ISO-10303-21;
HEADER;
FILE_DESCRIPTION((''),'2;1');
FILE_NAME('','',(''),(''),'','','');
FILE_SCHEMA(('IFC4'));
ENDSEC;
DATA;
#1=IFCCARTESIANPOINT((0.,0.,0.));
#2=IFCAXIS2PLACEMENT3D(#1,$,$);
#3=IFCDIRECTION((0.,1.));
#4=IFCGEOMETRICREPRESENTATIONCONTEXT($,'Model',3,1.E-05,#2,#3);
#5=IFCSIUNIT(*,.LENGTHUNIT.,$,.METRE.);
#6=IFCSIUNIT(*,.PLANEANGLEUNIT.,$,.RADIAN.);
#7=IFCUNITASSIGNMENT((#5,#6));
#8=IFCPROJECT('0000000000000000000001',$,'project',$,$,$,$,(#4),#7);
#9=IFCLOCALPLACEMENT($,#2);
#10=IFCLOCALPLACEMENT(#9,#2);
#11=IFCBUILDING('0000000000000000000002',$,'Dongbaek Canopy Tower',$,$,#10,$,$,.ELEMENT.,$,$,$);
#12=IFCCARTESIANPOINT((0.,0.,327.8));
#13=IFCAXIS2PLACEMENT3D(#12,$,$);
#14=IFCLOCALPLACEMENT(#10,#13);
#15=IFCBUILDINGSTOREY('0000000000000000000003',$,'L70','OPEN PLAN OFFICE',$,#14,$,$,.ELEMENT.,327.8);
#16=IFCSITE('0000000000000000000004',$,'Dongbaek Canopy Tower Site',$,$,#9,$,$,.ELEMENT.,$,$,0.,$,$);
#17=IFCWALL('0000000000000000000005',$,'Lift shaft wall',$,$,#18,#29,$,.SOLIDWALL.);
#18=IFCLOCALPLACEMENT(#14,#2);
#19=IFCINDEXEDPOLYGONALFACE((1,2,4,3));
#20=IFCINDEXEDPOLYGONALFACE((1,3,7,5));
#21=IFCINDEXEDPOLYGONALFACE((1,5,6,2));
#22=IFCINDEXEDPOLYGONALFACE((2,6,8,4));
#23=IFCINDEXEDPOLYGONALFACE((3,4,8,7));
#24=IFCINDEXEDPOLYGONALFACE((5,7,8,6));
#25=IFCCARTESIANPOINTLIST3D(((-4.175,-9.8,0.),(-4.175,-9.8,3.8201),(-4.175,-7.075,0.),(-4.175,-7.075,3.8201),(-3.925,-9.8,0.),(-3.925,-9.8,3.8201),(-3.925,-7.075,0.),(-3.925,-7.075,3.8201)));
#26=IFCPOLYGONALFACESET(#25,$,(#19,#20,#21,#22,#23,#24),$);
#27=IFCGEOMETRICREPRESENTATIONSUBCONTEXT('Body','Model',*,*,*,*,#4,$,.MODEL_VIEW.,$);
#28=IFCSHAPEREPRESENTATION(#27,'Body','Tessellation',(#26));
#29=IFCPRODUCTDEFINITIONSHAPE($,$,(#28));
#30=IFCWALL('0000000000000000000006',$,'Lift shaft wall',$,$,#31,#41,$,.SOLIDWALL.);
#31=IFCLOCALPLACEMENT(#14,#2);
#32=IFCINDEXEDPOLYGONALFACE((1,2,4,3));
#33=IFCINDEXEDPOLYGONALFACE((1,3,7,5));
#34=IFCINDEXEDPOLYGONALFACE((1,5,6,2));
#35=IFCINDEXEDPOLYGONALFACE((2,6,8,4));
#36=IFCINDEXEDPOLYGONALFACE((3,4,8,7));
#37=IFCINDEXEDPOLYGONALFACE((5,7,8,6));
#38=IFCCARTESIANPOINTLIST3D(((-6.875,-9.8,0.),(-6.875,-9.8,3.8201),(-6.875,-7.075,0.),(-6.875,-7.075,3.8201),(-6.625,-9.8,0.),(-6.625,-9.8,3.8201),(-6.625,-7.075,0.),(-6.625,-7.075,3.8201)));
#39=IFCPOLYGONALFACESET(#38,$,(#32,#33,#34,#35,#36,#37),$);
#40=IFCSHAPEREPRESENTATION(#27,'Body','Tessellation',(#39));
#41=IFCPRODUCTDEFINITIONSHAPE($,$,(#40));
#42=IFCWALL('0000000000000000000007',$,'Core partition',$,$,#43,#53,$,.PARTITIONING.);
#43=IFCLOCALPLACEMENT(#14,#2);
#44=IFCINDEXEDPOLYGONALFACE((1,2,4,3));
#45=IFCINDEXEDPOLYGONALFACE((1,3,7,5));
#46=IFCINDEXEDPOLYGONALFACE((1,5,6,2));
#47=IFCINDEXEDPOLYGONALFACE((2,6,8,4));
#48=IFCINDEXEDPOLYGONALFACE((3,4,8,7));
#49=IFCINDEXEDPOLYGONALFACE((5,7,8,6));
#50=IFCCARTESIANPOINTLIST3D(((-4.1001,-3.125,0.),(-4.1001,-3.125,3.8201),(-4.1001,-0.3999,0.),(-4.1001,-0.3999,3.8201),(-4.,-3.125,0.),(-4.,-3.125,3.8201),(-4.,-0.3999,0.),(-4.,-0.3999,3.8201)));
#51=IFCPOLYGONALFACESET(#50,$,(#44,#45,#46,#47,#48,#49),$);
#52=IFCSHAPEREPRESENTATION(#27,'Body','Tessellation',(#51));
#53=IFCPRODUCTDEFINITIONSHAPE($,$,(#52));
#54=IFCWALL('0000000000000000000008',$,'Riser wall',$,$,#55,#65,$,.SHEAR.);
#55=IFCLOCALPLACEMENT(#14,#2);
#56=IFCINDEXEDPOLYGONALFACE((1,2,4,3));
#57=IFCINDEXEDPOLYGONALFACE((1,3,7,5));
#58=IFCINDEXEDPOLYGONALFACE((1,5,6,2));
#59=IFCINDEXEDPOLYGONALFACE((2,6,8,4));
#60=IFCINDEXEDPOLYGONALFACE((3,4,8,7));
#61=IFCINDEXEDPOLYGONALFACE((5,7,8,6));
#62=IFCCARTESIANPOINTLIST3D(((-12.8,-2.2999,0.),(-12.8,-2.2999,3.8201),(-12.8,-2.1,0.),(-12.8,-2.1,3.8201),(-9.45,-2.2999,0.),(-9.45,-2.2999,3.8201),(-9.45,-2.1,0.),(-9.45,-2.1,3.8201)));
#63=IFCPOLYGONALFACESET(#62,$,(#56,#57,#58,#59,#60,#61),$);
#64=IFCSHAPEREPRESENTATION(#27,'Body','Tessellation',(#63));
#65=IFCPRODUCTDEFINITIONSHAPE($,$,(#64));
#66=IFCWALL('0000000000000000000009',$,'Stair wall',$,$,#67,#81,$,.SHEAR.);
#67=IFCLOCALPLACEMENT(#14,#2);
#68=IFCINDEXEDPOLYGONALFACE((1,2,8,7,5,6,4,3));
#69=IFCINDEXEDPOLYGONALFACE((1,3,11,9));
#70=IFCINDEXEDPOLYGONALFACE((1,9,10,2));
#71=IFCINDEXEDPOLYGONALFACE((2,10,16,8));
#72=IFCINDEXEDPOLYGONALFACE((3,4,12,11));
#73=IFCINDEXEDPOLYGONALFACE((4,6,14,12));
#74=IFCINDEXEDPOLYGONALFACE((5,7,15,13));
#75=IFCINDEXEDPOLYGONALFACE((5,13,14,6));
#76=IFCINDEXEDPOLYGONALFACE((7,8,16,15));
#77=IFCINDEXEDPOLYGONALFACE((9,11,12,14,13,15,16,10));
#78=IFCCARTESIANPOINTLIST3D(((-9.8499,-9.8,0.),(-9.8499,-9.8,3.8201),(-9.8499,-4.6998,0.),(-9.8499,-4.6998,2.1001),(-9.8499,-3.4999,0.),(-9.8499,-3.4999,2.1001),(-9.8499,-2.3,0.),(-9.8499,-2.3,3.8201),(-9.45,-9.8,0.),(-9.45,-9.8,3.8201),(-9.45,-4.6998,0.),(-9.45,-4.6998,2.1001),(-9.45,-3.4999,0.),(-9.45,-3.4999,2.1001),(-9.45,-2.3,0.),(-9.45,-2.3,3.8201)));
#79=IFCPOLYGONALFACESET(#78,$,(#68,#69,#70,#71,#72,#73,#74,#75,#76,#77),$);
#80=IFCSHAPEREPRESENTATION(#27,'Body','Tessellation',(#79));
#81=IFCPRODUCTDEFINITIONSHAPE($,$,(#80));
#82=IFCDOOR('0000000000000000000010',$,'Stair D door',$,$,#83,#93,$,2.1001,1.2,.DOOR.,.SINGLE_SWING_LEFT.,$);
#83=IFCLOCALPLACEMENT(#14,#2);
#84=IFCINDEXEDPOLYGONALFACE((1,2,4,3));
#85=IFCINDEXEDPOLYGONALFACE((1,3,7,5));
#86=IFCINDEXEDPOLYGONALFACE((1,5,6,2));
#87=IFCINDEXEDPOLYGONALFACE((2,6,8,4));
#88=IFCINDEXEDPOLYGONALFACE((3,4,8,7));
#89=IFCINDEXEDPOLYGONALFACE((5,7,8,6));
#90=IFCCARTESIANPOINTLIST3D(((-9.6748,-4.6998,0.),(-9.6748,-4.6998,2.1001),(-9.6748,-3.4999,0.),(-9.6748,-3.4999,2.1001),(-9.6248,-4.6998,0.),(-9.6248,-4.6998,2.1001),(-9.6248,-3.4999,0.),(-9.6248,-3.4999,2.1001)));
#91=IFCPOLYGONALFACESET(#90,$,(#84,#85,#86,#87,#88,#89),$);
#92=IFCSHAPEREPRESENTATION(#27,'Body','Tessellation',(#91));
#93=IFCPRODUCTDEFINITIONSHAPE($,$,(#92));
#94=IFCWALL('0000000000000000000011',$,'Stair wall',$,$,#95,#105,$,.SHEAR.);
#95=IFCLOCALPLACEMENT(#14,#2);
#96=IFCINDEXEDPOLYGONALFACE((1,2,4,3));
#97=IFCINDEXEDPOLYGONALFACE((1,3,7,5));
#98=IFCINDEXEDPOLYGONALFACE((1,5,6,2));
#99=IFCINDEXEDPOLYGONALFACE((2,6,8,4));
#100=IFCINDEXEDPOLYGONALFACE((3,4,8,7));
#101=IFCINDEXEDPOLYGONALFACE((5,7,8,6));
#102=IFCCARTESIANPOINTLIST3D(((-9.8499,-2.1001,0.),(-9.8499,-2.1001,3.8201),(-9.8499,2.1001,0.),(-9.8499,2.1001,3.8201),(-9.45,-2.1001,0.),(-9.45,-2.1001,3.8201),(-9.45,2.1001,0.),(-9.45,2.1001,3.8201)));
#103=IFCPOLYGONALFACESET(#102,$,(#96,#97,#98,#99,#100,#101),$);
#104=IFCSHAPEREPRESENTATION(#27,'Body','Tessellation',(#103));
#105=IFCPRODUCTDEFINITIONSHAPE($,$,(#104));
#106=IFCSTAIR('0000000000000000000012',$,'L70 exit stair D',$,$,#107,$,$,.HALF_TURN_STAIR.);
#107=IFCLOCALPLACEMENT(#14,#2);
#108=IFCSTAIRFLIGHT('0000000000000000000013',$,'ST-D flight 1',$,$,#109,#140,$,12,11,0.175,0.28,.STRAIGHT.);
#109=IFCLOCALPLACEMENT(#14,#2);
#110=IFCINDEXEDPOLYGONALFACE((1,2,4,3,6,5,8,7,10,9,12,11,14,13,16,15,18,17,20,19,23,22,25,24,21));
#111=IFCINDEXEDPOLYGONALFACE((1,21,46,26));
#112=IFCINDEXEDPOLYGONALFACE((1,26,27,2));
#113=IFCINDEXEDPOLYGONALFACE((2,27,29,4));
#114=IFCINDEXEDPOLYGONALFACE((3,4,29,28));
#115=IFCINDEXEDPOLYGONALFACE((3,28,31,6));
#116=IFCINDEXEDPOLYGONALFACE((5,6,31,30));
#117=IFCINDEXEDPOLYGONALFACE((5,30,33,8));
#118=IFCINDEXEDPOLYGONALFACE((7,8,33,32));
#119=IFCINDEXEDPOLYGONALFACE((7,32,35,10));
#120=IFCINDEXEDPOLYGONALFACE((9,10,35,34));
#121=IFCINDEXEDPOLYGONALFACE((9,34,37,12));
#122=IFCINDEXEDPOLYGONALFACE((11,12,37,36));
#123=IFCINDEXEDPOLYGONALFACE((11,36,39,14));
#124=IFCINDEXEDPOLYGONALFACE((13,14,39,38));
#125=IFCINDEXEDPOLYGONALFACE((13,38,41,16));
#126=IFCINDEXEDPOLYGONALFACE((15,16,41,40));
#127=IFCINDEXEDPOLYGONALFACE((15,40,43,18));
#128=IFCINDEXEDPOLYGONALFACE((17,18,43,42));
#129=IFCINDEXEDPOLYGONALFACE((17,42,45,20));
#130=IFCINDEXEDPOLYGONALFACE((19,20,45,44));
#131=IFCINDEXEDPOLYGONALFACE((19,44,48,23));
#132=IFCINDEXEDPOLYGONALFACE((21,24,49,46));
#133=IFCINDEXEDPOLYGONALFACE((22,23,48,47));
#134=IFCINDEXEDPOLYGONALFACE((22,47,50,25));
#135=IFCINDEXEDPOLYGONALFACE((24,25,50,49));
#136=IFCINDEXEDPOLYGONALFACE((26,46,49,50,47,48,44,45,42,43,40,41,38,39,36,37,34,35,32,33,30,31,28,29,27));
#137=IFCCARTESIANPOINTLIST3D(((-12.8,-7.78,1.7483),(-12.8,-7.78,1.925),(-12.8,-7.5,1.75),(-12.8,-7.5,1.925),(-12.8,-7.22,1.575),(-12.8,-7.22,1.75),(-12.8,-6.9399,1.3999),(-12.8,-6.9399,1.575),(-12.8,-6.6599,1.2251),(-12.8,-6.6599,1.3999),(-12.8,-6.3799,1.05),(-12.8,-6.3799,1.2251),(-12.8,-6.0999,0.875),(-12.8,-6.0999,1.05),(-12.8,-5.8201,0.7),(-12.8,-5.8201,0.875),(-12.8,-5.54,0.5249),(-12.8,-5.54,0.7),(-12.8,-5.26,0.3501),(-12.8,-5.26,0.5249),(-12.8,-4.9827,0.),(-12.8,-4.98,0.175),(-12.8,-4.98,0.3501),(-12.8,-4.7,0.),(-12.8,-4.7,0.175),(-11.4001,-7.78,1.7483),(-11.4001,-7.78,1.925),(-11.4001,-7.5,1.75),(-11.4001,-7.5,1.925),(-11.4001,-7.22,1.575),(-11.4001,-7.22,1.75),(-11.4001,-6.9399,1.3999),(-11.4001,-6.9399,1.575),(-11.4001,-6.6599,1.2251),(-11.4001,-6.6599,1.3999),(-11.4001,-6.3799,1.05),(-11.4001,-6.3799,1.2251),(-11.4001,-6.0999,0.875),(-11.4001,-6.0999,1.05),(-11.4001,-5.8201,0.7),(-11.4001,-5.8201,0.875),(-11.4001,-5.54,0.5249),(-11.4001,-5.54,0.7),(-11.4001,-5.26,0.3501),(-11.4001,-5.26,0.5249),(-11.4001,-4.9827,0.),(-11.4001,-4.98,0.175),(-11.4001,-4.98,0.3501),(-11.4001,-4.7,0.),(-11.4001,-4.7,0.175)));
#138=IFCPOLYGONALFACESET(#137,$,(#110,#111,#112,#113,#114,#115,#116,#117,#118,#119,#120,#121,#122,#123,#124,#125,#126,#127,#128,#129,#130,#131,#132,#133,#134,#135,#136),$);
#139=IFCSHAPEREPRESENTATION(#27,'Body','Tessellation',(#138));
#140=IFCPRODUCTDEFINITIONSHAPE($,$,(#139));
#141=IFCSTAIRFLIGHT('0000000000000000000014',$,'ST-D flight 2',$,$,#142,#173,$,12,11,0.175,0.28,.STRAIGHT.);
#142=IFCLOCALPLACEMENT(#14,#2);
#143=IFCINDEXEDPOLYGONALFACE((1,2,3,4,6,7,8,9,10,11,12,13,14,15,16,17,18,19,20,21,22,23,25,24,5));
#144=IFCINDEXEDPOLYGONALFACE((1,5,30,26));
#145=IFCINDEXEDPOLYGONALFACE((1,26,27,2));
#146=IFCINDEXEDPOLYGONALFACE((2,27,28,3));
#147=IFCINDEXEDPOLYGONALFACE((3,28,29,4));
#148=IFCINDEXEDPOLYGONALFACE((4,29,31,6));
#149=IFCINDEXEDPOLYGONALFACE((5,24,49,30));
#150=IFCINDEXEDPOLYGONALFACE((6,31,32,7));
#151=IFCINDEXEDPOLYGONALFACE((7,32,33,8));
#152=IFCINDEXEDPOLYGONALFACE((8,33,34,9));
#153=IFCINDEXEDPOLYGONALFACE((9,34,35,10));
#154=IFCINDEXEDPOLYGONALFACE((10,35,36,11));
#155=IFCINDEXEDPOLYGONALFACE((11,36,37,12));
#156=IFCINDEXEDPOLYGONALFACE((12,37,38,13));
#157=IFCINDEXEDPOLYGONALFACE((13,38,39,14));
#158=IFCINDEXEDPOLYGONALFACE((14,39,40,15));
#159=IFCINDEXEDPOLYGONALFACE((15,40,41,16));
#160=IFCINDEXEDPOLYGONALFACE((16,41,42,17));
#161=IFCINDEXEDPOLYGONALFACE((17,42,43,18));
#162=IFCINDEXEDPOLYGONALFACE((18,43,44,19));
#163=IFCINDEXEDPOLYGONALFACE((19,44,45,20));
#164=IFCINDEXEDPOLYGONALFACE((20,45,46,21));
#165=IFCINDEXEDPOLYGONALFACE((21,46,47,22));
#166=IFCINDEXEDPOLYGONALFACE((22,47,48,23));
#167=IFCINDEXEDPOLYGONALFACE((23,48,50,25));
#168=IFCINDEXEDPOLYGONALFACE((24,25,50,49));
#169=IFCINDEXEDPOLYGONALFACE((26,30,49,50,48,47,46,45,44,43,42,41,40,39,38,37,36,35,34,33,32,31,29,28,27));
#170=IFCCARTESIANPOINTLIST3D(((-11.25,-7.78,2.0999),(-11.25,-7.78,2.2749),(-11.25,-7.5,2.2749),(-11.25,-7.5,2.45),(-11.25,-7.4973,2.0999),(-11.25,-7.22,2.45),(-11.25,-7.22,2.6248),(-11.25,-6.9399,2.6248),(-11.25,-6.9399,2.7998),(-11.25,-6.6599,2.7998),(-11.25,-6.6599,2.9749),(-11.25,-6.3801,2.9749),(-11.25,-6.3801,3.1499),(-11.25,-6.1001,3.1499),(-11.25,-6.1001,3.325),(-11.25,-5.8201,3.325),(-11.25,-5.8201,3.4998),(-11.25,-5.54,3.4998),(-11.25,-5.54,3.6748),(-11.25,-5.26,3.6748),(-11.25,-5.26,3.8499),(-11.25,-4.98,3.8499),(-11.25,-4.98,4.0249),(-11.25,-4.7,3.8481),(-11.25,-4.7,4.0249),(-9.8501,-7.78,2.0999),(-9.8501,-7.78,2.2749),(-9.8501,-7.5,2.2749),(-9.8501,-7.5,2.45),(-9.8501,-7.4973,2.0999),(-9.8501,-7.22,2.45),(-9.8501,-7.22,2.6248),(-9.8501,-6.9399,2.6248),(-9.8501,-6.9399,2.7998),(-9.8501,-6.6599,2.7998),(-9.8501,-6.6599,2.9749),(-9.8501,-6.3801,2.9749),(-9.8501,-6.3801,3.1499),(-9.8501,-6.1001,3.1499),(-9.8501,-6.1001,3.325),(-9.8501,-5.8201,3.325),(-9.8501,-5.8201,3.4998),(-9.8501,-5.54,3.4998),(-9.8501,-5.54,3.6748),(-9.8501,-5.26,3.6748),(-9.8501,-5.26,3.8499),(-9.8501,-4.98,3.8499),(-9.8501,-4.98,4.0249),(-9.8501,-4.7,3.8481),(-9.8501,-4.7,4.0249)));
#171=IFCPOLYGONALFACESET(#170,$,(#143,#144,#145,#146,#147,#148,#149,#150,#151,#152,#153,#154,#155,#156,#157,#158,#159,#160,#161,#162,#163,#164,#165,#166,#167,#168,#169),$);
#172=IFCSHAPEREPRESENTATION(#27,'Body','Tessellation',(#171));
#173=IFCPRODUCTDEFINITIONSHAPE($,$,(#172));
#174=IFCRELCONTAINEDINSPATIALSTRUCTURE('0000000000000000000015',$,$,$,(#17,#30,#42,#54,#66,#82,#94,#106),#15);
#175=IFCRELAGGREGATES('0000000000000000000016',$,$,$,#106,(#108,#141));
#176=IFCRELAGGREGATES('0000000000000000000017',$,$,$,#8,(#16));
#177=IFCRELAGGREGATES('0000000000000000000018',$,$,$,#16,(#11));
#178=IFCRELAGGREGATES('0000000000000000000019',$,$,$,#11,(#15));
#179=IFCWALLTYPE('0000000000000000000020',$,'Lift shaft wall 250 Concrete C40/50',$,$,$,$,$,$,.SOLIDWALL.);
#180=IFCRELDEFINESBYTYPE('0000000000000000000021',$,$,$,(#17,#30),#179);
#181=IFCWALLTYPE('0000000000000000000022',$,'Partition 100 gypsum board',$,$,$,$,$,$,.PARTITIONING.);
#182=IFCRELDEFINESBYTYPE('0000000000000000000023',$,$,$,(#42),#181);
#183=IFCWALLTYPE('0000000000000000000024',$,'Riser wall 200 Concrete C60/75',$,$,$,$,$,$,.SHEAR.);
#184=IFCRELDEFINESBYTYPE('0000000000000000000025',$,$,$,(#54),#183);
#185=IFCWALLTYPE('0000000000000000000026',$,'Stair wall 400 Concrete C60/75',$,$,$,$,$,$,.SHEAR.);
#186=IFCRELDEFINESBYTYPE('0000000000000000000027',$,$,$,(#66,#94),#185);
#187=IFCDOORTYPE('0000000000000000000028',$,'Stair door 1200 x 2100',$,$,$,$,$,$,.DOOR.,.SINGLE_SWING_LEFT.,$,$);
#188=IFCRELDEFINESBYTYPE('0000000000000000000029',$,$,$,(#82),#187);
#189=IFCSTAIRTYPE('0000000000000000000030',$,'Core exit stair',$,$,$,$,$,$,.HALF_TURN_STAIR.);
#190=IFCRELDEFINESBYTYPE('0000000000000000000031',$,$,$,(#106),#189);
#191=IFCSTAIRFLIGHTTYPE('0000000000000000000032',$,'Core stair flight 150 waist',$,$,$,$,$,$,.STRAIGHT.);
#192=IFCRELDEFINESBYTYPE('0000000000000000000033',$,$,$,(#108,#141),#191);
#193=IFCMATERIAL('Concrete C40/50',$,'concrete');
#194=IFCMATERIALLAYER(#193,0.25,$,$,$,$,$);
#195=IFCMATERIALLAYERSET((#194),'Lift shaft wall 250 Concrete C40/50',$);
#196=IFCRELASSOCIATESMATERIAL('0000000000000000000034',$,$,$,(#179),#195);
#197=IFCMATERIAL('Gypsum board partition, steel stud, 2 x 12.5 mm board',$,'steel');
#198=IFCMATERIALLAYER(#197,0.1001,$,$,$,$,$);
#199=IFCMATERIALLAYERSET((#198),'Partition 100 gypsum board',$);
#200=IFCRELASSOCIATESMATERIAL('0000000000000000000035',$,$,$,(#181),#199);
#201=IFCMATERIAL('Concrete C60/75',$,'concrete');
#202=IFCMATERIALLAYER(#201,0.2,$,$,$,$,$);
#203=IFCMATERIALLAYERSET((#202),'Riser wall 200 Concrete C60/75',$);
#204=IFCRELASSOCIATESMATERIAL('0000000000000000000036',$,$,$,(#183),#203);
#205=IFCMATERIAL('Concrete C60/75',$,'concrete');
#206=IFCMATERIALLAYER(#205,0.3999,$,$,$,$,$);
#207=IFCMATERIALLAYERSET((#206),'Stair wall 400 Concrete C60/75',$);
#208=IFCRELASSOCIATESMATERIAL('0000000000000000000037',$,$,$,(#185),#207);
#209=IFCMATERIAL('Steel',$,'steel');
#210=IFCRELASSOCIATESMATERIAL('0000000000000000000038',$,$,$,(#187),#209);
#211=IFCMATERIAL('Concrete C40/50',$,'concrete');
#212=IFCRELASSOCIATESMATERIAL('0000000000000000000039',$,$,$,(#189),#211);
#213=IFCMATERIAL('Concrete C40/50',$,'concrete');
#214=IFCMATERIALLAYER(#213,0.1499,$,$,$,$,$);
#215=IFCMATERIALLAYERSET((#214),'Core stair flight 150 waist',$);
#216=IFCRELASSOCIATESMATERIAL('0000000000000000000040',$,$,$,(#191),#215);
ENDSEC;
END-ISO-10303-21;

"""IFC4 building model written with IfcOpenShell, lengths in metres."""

from ifc_helpers import new_model, si_unit, direction, frame, frame_2d, origin, place, context, subcontext, project, spatial, polyline, rectangle, outline, extrude, material, layer, layer_set, type_object, element, fill, aggregate, save


model = new_model("IFC4")

# Units and contexts
model_context = context("Model", 3, precision=1e-05, world=origin(), true_north=direction((0.0, 1.0)))
body_context = subcontext(model_context, "Body", "Model", "MODEL_VIEW")
ifc_project = project(units=[si_unit("LENGTHUNIT", "METRE"), si_unit("PLANEANGLEUNIT", "RADIAN")], contexts=[model_context])

# Site, building, storey
site_placement = place(None, origin())
site = spatial("IfcSite", under=ifc_project, at=site_placement, Name="Dongbaek Canopy Tower Site", CompositionType="ELEMENT", RefElevation=0.0)
building_placement = place(site_placement, origin())
building = spatial("IfcBuilding", under=site, at=building_placement, Name="Dongbaek Canopy Tower", CompositionType="ELEMENT")
storey_placement = place(building_placement, frame((0.0, 0.0, 327.8)))
storey = spatial("IfcBuildingStorey", under=building, at=storey_placement, Name="L70", Description="OPEN PLAN OFFICE", CompositionType="ELEMENT", Elevation=327.8)

# Walls
ifc_material_1 = material(Name="Concrete C40/50", Category="concrete")
ifc_layer_1 = layer(ifc_material_1, 0.25)
ifc_layer_set_1 = layer_set([ifc_layer_1], Name="Lift shaft wall 250 Concrete C40/50")
wall_type_1 = type_object("IfcWallType", Name="Lift shaft wall 250 Concrete C40/50", PredefinedType="SOLIDWALL", material=ifc_layer_set_1)
for number, where, z_axis, x_axis, name in (
    (1, (-4.05, -9.8, 0.0), (0.0, 0.0, 1.0), (0.0, 1.0, 0.0), "Lift shaft wall"),
    (2, (-6.75, -9.8, 0.0), (0.0, 0.0, 1.0), (0.0, 1.0, 0.0), "Lift shaft wall"),
):
    element("IfcWall", number, at=place(storey_placement, frame(where, z_axis=z_axis, x_axis=x_axis)), inside=storey, type_object=wall_type_1, Name=name, PredefinedType="SOLIDWALL", context=body_context, shape_type="SweptSolid", body=[
        extrude(rectangle(XDim=2.7251, YDim=0.25, at=frame_2d((1.3625, 0.0))), origin(), (0.0, 0.0, 1.0), 3.8201),
    ])
ifc_material_2 = material(Name="Gypsum board partition, steel stud, 2 x 12.5 mm board", Category="steel")
ifc_layer_2 = layer(ifc_material_2, 0.1001)
ifc_layer_set_2 = layer_set([ifc_layer_2], Name="Partition 100 gypsum board")
wall_type_2 = type_object("IfcWallType", Name="Partition 100 gypsum board", PredefinedType="PARTITIONING", material=ifc_layer_set_2)
wall_1_placement = place(storey_placement, frame((-4.05, -3.125, 0.0), z_axis=(0.0, 0.0, 1.0), x_axis=(0.0, 1.0, 0.0)))
element("IfcWall", 3, at=wall_1_placement, inside=storey, type_object=wall_type_2, Name="Core partition", PredefinedType="PARTITIONING", context=body_context, shape_type="SweptSolid", body=[
    extrude(rectangle(XDim=2.7251, YDim=0.1001, at=frame_2d((1.3625, 0.0))), origin(), (0.0, 0.0, 1.0), 3.8201),
])
ifc_material_3 = material(Name="Concrete C60/75", Category="concrete")
ifc_layer_3 = layer(ifc_material_3, 0.2)
ifc_layer_set_3 = layer_set([ifc_layer_3], Name="Riser wall 200 Concrete C60/75")
wall_type_3 = type_object("IfcWallType", Name="Riser wall 200 Concrete C60/75", PredefinedType="SHEAR", material=ifc_layer_set_3)
wall_2_placement = place(storey_placement, frame((-9.45, -2.2, 0.0), z_axis=(0.0, 0.0, 1.0), x_axis=(-1.0, 0.0, 0.0)))
element("IfcWall", 4, at=wall_2_placement, inside=storey, type_object=wall_type_3, Name="Riser wall", PredefinedType="SHEAR", context=body_context, shape_type="SweptSolid", body=[
    extrude(rectangle(XDim=3.3501, YDim=0.2, at=frame_2d((1.675, 0.0))), origin(), (0.0, 0.0, 1.0), 3.8201),
])

# Wall, opening, door
ifc_material_4 = material(Name="Concrete C60/75", Category="concrete")
ifc_layer_4 = layer(ifc_material_4, 0.3999)
ifc_layer_set_4 = layer_set([ifc_layer_4], Name="Stair wall 400 Concrete C60/75")
wall_type_4 = type_object("IfcWallType", Name="Stair wall 400 Concrete C60/75", PredefinedType="SHEAR", material=ifc_layer_set_4)
wall_3_placement = place(storey_placement, frame((-9.6499, -9.8, 0.0), z_axis=(0.0, 0.0, 1.0), x_axis=(0.0, 1.0, 0.0)))
wall_3 = element("IfcWall", 5, at=wall_3_placement, inside=storey, type_object=wall_type_4, Name="Stair wall", PredefinedType="SHEAR", context=body_context, shape_type="SweptSolid", body=[
    extrude(rectangle(XDim=7.5, YDim=0.3999, at=frame_2d((3.75, 0.0))), origin(), (0.0, 0.0, 1.0), 3.8201),
])
opening_1_placement = place(wall_3_placement, frame((5.1001, 0.0, 0.0)))
opening_1 = element("IfcOpeningElement", 6, at=opening_1_placement, cuts=wall_3, PredefinedType="OPENING", context=body_context, shape_type="SweptSolid", body=[
    extrude(rectangle(XDim=1.2, YDim=2.1001, at=frame_2d((0.6001, 1.05))), frame((0.0, 0.21, 0.0), z_axis=(0.0, -1.0, 0.0), x_axis=(1.0, 0.0, 0.0)), (0.0, 0.0, 1.0), 0.4199),
])
ifc_material_5 = material(Name="Steel", Category="steel")
door_type_1 = type_object("IfcDoorType", Name="Stair door 1200 x 2100", OperationType="SINGLE_SWING_LEFT", PredefinedType="DOOR", material=ifc_material_5)
door_1_placement = place(opening_1_placement, origin())
door_1 = element("IfcDoor", 7, at=door_1_placement, inside=storey, type_object=door_type_1, Name="Stair D door", OperationType="SINGLE_SWING_LEFT", OverallHeight=2.1001, OverallWidth=1.2, PredefinedType="DOOR", context=body_context, shape_type="SweptSolid", body=[
    extrude(rectangle(XDim=1.2, YDim=2.1001, at=frame_2d((0.6001, 1.05))), frame((0.0, 0.0249, 0.0), z_axis=(0.0, -1.0, 0.0), x_axis=(1.0, 0.0, 0.0)), (0.0, 0.0, 1.0), 0.05),
])
fill(opening_1, door_1)

# Wall
wall_4_placement = place(storey_placement, frame((-9.6499, -2.1001, 0.0), z_axis=(0.0, 0.0, 1.0), x_axis=(0.0, 1.0, 0.0)))
element("IfcWall", 8, at=wall_4_placement, inside=storey, type_object=wall_type_4, Name="Stair wall", PredefinedType="SHEAR", context=body_context, shape_type="SweptSolid", body=[
    extrude(rectangle(XDim=4.2002, YDim=0.3999, at=frame_2d((2.1001, 0.0))), origin(), (0.0, 0.0, 1.0), 3.8201),
])

# Stair, stair flights
ifc_material_6 = material(Name="Concrete C40/50", Category="concrete")
stair_type = type_object("IfcStairType", Name="Core exit stair", PredefinedType="HALF_TURN_STAIR", material=ifc_material_6)
stair_placement = place(storey_placement, origin())
stair = element("IfcStair", 9, at=stair_placement, inside=storey, type_object=stair_type, Name="L70 exit stair D", PredefinedType="HALF_TURN_STAIR")
ifc_material_7 = material(Name="Concrete C40/50", Category="concrete")
ifc_layer_5 = layer(ifc_material_7, 0.1499)
ifc_layer_set_5 = layer_set([ifc_layer_5], Name="Core stair flight 150 waist")
stair_flight_type = type_object("IfcStairFlightType", Name="Core stair flight 150 waist", PredefinedType="STRAIGHT", material=ifc_layer_set_5)
stair_flight_1_placement = place(storey_placement, frame((-12.1001, -4.7, 0.0), z_axis=(0.0, 0.0, 1.0), x_axis=(0.0, -1.0, 0.0)))
stair_flight_1 = element("IfcStairFlight", 10, at=stair_flight_1_placement, type_object=stair_flight_type, Name="ST-D flight 1", NumberOfRisers=12, NumberOfTreads=11, PredefinedType="STRAIGHT", RiserHeight=0.175, TreadLength=0.28, context=body_context, shape_type="SweptSolid", body=[
    extrude(outline(polyline([(0.0, 0.0), (0.0, 0.175), (0.28, 0.175), (0.28, 0.3501), (0.5601, 0.3501), (0.5601, 0.5249), (0.8401, 0.5249), (0.8401, 0.7), (1.1201, 0.7), (1.1201, 0.875), (1.3999, 0.875), (1.3999, 1.05), (1.6799, 1.05), (1.6799, 1.2251), (1.96, 1.2251), (1.96, 1.3999), (2.24, 1.3999), (2.24, 1.575), (2.52, 1.575), (2.52, 1.75), (2.8, 1.75), (2.8, 1.925), (3.0801, 1.925), (3.0801, 2.1001), (3.0801, 1.7483), (0.2827, 0.0), (0.0, 0.0)])), frame((0.0, 0.7, 0.0), z_axis=(0.0, -1.0, 0.0), x_axis=(1.0, 0.0, 0.0)), (0.0, 0.0, 1.0), 1.3999),
])
stair_flight_2_placement = place(storey_placement, frame((-10.55, -7.78, 2.0999), z_axis=(0.0, 0.0, 1.0), x_axis=(0.0, 1.0, 0.0)))
stair_flight_2 = element("IfcStairFlight", 11, at=stair_flight_2_placement, type_object=stair_flight_type, Name="ST-D flight 2", NumberOfRisers=12, NumberOfTreads=11, PredefinedType="STRAIGHT", RiserHeight=0.175, TreadLength=0.28, context=body_context, shape_type="SweptSolid", body=[
    extrude(outline(polyline([(0.0, 0.0), (0.0, 0.175), (0.28, 0.175), (0.28, 0.3501), (0.5601, 0.3501), (0.5601, 0.5249), (0.8401, 0.5249), (0.8401, 0.7), (1.1201, 0.7), (1.1201, 0.875), (1.3999, 0.875), (1.3999, 1.05), (1.6799, 1.05), (1.6799, 1.2251), (1.96, 1.2251), (1.96, 1.3999), (2.24, 1.3999), (2.24, 1.575), (2.52, 1.575), (2.52, 1.75), (2.8, 1.75), (2.8, 1.925), (3.0801, 1.925), (3.0801, 2.1001), (3.0801, 1.7483), (0.2827, 0.0), (0.0, 0.0)])), frame((0.0, 0.7, 0.0), z_axis=(0.0, -1.0, 0.0), x_axis=(1.0, 0.0, 0.0)), (0.0, 0.0, 1.0), 1.3999),
])
aggregate(stair, [stair_flight_1, stair_flight_2])

save(model, "model.ifc")
